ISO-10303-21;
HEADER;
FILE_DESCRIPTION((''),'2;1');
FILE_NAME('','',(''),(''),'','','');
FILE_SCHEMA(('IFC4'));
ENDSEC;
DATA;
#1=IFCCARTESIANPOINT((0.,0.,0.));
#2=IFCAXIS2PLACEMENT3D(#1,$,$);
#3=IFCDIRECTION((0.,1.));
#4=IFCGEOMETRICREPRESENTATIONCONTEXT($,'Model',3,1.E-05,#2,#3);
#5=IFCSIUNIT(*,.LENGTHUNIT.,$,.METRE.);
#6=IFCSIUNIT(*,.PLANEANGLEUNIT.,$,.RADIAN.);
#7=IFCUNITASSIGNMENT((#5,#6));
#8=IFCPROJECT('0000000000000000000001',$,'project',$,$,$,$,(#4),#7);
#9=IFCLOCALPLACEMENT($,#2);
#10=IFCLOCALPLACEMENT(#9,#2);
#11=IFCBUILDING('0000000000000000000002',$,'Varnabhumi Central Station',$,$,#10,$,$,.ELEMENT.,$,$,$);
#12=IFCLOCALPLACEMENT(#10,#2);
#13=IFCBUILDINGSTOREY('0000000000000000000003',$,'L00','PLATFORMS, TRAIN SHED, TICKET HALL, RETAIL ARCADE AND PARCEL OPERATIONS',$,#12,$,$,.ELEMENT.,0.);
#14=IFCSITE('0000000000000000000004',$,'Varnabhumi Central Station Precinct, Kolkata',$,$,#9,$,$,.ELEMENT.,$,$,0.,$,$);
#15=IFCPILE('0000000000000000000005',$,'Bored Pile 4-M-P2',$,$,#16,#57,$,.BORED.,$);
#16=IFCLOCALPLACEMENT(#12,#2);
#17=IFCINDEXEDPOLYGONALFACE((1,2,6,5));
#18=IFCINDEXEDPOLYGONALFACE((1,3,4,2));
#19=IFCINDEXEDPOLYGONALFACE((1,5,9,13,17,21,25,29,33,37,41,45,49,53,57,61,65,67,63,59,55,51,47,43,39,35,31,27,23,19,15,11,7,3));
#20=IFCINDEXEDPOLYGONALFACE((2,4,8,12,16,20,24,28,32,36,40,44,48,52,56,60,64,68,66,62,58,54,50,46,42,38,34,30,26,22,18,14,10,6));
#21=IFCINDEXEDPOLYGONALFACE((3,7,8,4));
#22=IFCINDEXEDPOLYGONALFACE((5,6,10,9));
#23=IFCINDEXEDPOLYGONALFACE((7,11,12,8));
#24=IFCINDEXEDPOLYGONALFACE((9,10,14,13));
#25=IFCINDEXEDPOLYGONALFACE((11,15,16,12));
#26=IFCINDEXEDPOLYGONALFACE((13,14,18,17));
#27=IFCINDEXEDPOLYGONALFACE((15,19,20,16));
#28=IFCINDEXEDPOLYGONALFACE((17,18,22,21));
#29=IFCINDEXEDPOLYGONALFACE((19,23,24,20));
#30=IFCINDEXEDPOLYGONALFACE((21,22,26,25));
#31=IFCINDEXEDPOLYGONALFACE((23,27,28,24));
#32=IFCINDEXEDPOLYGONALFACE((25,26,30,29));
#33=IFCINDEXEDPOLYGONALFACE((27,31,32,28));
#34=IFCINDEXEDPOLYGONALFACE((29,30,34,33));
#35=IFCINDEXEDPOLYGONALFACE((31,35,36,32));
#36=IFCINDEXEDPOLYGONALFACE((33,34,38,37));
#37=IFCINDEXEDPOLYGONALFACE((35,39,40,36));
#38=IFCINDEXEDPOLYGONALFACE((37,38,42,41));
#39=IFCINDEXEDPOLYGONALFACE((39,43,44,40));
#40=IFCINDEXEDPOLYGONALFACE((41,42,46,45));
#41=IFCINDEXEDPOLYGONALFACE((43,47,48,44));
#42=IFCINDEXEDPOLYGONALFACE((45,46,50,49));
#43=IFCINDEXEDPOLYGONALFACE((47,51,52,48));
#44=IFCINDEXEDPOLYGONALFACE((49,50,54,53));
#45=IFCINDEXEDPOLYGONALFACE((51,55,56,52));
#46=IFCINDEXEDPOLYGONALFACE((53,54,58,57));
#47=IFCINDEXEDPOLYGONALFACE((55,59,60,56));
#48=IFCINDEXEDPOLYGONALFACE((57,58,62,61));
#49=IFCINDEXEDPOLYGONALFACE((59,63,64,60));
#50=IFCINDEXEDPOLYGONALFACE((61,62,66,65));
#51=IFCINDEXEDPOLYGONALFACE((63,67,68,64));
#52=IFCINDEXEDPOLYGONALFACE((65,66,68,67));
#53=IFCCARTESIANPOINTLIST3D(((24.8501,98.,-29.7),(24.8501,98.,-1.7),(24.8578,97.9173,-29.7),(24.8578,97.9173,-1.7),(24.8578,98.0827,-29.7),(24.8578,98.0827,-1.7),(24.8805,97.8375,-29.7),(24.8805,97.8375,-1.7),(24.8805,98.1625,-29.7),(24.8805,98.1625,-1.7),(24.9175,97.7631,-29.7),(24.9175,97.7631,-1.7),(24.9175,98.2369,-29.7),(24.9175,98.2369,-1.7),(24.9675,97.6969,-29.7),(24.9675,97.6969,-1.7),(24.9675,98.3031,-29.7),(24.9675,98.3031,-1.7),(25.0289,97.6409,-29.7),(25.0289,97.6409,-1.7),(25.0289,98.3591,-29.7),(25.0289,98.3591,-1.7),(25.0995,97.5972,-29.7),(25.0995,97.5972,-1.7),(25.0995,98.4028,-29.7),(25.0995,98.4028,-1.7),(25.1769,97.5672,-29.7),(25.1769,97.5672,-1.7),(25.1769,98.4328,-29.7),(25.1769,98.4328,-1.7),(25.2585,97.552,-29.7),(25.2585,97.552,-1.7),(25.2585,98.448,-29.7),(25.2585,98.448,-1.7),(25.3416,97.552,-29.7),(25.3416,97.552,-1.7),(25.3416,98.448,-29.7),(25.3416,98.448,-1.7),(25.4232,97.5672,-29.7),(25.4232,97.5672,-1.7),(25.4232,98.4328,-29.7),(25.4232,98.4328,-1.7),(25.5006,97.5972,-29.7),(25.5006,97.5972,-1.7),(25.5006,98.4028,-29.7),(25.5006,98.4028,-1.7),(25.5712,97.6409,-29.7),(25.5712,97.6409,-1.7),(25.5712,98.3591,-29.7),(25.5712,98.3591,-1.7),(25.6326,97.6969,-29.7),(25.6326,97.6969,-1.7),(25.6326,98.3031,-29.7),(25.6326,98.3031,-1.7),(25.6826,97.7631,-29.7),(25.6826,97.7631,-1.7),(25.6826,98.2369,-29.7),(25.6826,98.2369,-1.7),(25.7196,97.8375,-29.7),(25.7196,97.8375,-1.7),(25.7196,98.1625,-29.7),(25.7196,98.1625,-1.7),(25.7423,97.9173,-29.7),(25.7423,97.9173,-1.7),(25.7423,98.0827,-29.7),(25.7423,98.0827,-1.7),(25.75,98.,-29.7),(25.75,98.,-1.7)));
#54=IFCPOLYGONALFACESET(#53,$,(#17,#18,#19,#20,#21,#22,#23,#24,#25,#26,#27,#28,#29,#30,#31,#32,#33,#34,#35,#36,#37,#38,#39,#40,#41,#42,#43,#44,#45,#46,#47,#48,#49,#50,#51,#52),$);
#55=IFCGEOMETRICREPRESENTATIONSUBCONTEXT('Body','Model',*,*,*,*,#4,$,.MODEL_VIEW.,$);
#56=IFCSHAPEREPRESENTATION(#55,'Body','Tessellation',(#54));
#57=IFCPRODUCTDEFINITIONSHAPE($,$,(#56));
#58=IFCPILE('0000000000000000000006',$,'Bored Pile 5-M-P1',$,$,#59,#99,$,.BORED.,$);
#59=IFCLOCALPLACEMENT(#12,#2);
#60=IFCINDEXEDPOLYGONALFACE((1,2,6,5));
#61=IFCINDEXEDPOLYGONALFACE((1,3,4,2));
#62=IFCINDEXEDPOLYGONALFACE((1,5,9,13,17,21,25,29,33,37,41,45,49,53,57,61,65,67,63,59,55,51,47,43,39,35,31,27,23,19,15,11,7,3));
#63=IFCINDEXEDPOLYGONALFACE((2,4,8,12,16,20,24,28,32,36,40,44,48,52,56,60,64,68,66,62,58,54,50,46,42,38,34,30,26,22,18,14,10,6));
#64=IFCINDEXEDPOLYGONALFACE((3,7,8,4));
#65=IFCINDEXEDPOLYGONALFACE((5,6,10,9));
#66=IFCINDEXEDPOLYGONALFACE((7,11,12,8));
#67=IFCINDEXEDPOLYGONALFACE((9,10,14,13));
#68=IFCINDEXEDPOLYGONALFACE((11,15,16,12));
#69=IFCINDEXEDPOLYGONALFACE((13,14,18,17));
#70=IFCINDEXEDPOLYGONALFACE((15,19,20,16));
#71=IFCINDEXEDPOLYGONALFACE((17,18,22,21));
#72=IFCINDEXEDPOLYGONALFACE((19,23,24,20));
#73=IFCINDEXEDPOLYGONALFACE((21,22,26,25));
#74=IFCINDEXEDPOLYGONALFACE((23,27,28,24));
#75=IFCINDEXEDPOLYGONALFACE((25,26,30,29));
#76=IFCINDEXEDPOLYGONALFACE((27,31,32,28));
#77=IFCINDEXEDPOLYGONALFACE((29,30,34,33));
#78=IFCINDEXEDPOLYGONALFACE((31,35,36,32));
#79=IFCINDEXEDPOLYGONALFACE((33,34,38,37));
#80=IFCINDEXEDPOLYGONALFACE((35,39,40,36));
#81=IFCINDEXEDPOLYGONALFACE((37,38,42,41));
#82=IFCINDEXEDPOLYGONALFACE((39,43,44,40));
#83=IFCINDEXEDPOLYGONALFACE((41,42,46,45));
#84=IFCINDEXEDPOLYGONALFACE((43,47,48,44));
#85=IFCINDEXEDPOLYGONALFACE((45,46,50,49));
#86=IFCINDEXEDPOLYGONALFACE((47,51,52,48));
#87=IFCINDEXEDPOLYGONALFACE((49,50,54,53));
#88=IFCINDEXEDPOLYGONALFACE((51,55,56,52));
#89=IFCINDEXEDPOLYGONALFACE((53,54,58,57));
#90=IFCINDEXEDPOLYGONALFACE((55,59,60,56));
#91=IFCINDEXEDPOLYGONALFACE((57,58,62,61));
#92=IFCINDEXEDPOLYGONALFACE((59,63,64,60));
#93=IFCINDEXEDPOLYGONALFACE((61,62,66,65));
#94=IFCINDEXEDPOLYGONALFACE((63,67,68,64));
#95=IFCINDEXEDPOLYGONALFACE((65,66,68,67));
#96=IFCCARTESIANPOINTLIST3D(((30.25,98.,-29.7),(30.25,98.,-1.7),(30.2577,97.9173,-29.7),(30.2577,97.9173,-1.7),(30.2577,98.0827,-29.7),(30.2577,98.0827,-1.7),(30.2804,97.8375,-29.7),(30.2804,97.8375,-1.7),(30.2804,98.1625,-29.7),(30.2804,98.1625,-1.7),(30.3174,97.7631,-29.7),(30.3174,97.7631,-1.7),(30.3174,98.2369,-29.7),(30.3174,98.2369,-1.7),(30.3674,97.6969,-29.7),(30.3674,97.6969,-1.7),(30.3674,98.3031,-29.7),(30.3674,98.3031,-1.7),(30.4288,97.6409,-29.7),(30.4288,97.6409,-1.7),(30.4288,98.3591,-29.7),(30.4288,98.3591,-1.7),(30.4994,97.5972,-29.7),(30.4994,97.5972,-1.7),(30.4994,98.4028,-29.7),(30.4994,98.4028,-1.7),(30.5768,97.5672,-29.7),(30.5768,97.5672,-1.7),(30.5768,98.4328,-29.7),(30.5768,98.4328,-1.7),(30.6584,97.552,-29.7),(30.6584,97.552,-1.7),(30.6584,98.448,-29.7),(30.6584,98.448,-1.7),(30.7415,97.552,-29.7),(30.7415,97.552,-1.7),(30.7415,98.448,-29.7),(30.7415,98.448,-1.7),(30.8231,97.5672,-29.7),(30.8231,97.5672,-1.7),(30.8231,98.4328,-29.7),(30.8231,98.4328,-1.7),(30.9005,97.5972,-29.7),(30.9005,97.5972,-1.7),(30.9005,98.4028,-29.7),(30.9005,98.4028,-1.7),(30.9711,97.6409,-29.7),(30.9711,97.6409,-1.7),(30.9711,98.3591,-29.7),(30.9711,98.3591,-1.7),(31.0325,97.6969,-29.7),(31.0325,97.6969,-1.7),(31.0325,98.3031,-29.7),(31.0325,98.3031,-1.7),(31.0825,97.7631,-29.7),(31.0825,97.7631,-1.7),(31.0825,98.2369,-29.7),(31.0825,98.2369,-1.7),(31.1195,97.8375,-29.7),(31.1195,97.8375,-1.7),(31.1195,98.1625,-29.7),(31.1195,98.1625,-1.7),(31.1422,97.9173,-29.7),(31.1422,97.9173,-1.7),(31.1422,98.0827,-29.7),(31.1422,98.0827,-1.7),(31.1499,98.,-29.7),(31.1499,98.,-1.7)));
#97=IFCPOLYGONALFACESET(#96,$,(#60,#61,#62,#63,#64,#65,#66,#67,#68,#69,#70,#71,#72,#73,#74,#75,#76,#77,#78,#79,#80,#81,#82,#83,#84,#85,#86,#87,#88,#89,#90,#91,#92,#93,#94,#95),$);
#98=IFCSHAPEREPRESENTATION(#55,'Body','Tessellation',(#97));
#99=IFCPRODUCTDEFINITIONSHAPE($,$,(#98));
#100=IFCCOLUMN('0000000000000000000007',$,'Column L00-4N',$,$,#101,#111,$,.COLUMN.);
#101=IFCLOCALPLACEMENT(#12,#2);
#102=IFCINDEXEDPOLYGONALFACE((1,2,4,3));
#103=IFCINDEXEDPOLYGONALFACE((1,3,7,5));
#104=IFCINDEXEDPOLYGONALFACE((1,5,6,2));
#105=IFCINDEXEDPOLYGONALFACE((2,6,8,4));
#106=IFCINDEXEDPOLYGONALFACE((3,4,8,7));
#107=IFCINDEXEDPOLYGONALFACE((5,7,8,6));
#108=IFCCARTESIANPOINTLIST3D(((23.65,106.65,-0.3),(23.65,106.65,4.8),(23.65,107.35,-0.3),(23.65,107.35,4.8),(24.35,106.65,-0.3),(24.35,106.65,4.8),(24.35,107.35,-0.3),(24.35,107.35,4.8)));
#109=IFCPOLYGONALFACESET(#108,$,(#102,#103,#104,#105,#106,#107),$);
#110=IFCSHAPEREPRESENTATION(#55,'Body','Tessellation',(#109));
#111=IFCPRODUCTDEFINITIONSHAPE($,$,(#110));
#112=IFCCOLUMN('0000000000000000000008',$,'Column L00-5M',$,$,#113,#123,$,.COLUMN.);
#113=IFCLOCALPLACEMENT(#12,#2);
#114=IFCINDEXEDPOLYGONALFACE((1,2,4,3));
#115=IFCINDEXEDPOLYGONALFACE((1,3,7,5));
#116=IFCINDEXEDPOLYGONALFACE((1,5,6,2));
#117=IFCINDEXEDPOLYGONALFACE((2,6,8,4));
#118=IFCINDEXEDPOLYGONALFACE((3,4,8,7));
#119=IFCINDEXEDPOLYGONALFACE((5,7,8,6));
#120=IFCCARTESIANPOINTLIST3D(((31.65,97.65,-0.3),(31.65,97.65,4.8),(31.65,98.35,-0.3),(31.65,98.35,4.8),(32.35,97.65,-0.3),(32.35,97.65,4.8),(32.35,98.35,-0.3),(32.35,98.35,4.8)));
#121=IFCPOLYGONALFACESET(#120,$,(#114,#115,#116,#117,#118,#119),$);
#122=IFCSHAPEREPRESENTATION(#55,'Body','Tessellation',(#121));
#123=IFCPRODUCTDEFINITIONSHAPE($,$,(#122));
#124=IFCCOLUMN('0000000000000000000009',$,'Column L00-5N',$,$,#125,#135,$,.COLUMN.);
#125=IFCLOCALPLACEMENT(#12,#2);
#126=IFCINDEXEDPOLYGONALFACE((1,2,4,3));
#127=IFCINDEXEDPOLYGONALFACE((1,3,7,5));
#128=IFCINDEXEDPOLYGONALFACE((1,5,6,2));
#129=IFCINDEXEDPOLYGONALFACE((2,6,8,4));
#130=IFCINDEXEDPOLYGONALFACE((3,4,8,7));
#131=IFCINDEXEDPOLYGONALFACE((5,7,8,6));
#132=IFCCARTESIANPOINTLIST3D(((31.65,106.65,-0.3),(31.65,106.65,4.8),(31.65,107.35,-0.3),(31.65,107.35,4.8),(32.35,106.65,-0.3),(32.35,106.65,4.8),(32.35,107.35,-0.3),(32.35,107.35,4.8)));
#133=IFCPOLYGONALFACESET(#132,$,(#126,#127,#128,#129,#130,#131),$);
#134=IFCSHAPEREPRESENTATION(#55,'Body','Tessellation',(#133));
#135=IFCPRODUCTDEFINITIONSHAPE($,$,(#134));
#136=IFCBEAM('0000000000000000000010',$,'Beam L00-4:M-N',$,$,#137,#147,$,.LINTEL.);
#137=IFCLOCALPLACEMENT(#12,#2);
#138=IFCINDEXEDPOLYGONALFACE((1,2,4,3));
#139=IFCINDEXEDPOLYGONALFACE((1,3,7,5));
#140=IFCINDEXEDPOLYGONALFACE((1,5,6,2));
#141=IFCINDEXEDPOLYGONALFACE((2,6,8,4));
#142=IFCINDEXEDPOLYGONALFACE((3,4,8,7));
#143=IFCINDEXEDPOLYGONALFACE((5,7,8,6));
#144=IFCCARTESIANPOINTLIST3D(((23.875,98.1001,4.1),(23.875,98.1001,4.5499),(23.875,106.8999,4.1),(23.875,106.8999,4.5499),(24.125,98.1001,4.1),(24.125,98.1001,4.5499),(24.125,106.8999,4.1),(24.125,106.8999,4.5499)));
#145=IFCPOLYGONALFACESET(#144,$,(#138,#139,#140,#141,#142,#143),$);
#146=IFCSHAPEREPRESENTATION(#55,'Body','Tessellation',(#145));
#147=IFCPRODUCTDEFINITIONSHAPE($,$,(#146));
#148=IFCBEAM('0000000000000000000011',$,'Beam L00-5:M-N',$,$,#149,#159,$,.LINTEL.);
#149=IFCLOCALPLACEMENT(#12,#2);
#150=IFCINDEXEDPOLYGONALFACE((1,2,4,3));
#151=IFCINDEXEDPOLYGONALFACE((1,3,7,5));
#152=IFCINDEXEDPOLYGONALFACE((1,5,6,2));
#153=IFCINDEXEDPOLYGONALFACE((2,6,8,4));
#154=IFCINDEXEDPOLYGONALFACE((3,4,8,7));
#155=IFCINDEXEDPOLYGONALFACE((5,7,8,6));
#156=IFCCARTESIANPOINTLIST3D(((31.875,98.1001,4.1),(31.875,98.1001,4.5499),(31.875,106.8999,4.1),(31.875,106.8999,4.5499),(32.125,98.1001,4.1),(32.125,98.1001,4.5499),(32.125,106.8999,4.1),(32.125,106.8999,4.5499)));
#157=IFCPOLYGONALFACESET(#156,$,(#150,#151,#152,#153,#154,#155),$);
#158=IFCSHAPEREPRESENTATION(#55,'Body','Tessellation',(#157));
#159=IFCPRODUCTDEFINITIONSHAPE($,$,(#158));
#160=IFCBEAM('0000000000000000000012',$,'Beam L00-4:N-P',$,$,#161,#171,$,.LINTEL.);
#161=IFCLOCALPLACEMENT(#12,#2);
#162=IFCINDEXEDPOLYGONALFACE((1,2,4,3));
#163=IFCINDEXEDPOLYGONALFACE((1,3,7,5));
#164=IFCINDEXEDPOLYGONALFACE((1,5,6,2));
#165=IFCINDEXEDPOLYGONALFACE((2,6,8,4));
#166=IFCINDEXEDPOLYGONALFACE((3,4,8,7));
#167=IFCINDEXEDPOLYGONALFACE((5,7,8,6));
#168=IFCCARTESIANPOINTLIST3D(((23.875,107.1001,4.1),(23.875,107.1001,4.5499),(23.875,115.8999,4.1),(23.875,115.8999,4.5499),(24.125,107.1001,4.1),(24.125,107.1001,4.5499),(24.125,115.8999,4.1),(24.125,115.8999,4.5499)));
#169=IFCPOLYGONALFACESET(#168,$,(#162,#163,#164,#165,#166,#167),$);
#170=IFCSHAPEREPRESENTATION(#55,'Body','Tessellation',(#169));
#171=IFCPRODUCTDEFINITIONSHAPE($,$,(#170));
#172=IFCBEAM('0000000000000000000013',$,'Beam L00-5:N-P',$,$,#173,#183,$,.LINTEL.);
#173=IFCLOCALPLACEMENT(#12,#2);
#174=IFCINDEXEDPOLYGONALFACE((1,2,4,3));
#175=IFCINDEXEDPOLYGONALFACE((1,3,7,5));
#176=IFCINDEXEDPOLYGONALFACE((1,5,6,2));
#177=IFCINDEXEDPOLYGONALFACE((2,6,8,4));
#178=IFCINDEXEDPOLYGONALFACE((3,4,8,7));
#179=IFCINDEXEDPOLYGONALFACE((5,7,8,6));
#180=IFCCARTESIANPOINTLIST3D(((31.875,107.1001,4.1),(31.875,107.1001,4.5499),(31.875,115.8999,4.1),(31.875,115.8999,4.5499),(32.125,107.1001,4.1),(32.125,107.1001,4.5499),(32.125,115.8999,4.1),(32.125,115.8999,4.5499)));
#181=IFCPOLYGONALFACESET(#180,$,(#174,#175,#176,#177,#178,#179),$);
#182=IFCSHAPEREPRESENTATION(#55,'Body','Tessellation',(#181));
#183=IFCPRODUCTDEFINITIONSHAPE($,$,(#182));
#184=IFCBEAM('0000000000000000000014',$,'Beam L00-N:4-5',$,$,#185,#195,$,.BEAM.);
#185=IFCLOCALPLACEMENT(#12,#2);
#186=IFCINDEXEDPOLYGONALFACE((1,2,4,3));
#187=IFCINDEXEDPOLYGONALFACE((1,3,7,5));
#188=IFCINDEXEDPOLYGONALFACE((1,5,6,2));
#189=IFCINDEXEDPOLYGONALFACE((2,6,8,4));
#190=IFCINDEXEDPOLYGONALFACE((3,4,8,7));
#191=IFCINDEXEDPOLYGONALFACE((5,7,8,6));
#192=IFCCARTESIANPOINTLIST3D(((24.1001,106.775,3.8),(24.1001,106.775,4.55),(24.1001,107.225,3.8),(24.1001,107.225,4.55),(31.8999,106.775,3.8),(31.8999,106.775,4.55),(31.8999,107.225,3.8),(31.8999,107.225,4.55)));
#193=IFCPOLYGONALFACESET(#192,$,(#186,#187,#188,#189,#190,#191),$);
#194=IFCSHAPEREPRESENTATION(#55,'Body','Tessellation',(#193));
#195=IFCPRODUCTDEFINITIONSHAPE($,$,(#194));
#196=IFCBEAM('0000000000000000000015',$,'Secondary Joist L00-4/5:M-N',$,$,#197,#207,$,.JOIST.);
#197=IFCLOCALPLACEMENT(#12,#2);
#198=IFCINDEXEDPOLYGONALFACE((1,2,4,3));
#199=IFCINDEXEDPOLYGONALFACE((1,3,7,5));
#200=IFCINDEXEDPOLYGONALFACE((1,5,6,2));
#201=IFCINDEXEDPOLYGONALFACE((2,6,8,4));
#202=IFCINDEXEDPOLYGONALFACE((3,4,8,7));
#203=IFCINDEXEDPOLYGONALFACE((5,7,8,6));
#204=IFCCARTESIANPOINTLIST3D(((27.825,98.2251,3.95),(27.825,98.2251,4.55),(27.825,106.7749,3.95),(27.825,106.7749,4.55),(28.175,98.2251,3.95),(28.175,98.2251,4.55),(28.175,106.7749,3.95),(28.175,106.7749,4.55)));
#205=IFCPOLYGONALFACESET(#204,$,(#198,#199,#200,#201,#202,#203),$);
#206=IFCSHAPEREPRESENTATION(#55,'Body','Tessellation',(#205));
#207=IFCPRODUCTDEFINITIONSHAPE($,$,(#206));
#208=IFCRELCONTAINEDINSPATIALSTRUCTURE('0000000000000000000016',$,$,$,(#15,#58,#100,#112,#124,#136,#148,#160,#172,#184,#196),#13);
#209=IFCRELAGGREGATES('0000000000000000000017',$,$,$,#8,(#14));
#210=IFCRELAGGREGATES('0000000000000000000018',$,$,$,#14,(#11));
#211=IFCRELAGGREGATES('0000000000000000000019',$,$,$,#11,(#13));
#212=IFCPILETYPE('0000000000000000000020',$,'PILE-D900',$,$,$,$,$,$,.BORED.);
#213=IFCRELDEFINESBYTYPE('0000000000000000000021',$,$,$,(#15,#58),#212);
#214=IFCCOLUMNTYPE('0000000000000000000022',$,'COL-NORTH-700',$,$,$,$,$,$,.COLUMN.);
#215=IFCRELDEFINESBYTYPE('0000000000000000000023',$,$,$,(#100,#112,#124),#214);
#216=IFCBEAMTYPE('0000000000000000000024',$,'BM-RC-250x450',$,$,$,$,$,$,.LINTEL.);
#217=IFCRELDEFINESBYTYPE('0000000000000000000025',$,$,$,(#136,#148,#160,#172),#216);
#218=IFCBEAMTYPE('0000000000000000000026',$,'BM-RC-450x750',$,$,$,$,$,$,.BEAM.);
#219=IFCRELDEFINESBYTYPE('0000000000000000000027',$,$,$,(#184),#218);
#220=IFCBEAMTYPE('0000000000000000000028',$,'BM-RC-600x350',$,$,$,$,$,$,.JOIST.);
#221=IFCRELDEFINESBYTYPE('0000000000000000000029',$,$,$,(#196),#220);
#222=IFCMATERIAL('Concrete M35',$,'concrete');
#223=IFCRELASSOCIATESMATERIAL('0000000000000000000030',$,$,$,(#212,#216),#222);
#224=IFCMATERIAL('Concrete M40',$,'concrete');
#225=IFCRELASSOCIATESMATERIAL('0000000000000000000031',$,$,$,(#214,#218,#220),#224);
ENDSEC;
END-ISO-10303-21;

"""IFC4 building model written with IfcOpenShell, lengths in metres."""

from ifc_helpers import new_model, si_unit, direction, frame, origin, origin_2d, place, context, subcontext, project, spatial, rectangle, circle, extrude, material, material_profile, profile_set, type_object, element, save


model = new_model("IFC4")

# Units and contexts
model_context = context("Model", 3, precision=1e-05, world=origin(), true_north=direction((0.0, 1.0)))
body_context = subcontext(model_context, "Body", "Model", "MODEL_VIEW")
ifc_project = project(units=[si_unit("LENGTHUNIT", "METRE"), si_unit("PLANEANGLEUNIT", "RADIAN")], contexts=[model_context])

# Site, building, storey
site_placement = place(None, origin())
site = spatial("IfcSite", under=ifc_project, at=site_placement, Name="Varnabhumi Central Station Precinct, Kolkata", CompositionType="ELEMENT", RefElevation=0.0)
building_placement = place(site_placement, origin())
building = spatial("IfcBuilding", under=site, at=building_placement, Name="Varnabhumi Central Station", CompositionType="ELEMENT")
storey_placement = place(building_placement, origin())
storey = spatial("IfcBuildingStorey", under=building, at=storey_placement, Name="L00", Description="PLATFORMS, TRAIN SHED, TICKET HALL, RETAIL ARCADE AND PARCEL OPERATIONS", CompositionType="ELEMENT", Elevation=0.0)

# Shared definitions
ifc_material_1 = material(Name="Concrete M40", Category="concrete")

# Piles
ifc_material_2 = material(Name="Concrete M35", Category="concrete")
ifc_material_profile_1 = material_profile(ifc_material_2, circle(Radius=0.45, at=origin_2d()), Name="Concrete M35", Category="concrete")
ifc_profile_set_1 = profile_set([ifc_material_profile_1], Name="Concrete M35")
pile_type_1 = type_object("IfcPileType", Name="PILE-D900", PredefinedType="BORED", material=ifc_profile_set_1)
for number, where, z_axis, x_axis, name in (
    (1, (25.3, 98.0, -1.7), (0.0, 0.0, -1.0), (1.0, 0.0, 0.0), "Bored Pile 4-M-P2"),
    (2, (30.7, 98.0, -1.7), (0.0, 0.0, -1.0), (1.0, 0.0, 0.0), "Bored Pile 5-M-P1"),
):
    element("IfcPile", number, at=place(storey_placement, frame(where, z_axis=z_axis, x_axis=x_axis)), inside=storey, type_object=pile_type_1, Name=name, PredefinedType="BORED", context=body_context, shape_type="SweptSolid", body=[
        extrude(circle(Radius=0.45, at=origin_2d()), origin(), (0.0, 0.0, 1.0), 28.0),
    ])

# Columns
ifc_material_profile_2 = material_profile(ifc_material_1, rectangle(XDim=0.7, YDim=0.7, at=origin_2d()), Name="Concrete M40", Category="concrete")
ifc_profile_set_2 = profile_set([ifc_material_profile_2], Name="Concrete M40")
column_type = type_object("IfcColumnType", Name="COL-NORTH-700", PredefinedType="COLUMN", material=ifc_profile_set_2)
for number, where, z_axis, x_axis, name in (
    (3, (24.0, 107.0, -0.3), (0.0, 0.0, 1.0), (1.0, 0.0, 0.0), "Column L00-4N"),
    (4, (32.0, 98.0, -0.3), (0.0, 0.0, 1.0), (1.0, 0.0, 0.0), "Column L00-5M"),
    (5, (32.0, 107.0, -0.3), (0.0, 0.0, 1.0), (1.0, 0.0, 0.0), "Column L00-5N"),
):
    element("IfcColumn", number, at=place(storey_placement, frame(where, z_axis=z_axis, x_axis=x_axis)), inside=storey, type_object=column_type, Name=name, PredefinedType="COLUMN", context=body_context, shape_type="SweptSolid", body=[
        extrude(rectangle(XDim=0.7, YDim=0.7, at=origin_2d()), origin(), (0.0, 0.0, 1.0), 5.1001),
    ])

# Beams
ifc_material_profile_3 = material_profile(ifc_material_2, rectangle(XDim=0.25, YDim=0.45, at=origin_2d()), Name="Concrete M35", Category="concrete")
ifc_profile_set_3 = profile_set([ifc_material_profile_3], Name="Concrete M35")
beam_type_1 = type_object("IfcBeamType", Name="BM-RC-250x450", PredefinedType="LINTEL", material=ifc_profile_set_3)
for number, where, z_axis, x_axis, name in (
    (6, (24.0, 98.1001, 4.325), (0.0, 1.0, 0.0), (-1.0, 0.0, 0.0), "Beam L00-4:M-N"),
    (7, (32.0, 98.1001, 4.325), (0.0, 1.0, 0.0), (-1.0, 0.0, 0.0), "Beam L00-5:M-N"),
    (8, (24.0, 107.1001, 4.325), (0.0, 1.0, 0.0), (-1.0, 0.0, 0.0), "Beam L00-4:N-P"),
    (9, (32.0, 107.1001, 4.325), (0.0, 1.0, 0.0), (-1.0, 0.0, 0.0), "Beam L00-5:N-P"),
):
    element("IfcBeam", number, at=place(storey_placement, frame(where, z_axis=z_axis, x_axis=x_axis)), inside=storey, type_object=beam_type_1, Name=name, PredefinedType="LINTEL", context=body_context, shape_type="SweptSolid", body=[
        extrude(rectangle(XDim=0.25, YDim=0.45, at=origin_2d()), origin(), (0.0, 0.0, 1.0), 8.7998),
    ])
ifc_material_profile_4 = material_profile(ifc_material_1, rectangle(XDim=0.45, YDim=0.75, at=origin_2d()), Name="Concrete M40", Category="concrete")
ifc_profile_set_4 = profile_set([ifc_material_profile_4], Name="Concrete M40")
beam_type_2 = type_object("IfcBeamType", Name="BM-RC-450x750", PredefinedType="BEAM", material=ifc_profile_set_4)
beam_1_placement = place(storey_placement, frame((24.1001, 107.0, 4.175), z_axis=(1.0, 0.0, 0.0), x_axis=(0.0, 1.0, 0.0)))
element("IfcBeam", 10, at=beam_1_placement, inside=storey, type_object=beam_type_2, Name="Beam L00-N:4-5", PredefinedType="BEAM", context=body_context, shape_type="SweptSolid", body=[
    extrude(rectangle(XDim=0.45, YDim=0.75, at=origin_2d()), origin(), (0.0, 0.0, 1.0), 7.7998),
])
ifc_material_profile_5 = material_profile(ifc_material_1, rectangle(XDim=0.3501, YDim=0.6001, at=origin_2d()), Name="Concrete M40", Category="concrete")
ifc_profile_set_5 = profile_set([ifc_material_profile_5], Name="Concrete M40")
beam_type_3 = type_object("IfcBeamType", Name="BM-RC-600x350", PredefinedType="JOIST", material=ifc_profile_set_5)
beam_2_placement = place(storey_placement, frame((28.0, 98.2251, 4.25), z_axis=(0.0, 1.0, 0.0), x_axis=(-1.0, 0.0, 0.0)))
element("IfcBeam", 11, at=beam_2_placement, inside=storey, type_object=beam_type_3, Name="Secondary Joist L00-4/5:M-N", PredefinedType="JOIST", context=body_context, shape_type="SweptSolid", body=[
    extrude(rectangle(XDim=0.3501, YDim=0.6001, at=origin_2d()), origin(), (0.0, 0.0, 1.0), 8.5498),
])

save(model, "model.ifc")
